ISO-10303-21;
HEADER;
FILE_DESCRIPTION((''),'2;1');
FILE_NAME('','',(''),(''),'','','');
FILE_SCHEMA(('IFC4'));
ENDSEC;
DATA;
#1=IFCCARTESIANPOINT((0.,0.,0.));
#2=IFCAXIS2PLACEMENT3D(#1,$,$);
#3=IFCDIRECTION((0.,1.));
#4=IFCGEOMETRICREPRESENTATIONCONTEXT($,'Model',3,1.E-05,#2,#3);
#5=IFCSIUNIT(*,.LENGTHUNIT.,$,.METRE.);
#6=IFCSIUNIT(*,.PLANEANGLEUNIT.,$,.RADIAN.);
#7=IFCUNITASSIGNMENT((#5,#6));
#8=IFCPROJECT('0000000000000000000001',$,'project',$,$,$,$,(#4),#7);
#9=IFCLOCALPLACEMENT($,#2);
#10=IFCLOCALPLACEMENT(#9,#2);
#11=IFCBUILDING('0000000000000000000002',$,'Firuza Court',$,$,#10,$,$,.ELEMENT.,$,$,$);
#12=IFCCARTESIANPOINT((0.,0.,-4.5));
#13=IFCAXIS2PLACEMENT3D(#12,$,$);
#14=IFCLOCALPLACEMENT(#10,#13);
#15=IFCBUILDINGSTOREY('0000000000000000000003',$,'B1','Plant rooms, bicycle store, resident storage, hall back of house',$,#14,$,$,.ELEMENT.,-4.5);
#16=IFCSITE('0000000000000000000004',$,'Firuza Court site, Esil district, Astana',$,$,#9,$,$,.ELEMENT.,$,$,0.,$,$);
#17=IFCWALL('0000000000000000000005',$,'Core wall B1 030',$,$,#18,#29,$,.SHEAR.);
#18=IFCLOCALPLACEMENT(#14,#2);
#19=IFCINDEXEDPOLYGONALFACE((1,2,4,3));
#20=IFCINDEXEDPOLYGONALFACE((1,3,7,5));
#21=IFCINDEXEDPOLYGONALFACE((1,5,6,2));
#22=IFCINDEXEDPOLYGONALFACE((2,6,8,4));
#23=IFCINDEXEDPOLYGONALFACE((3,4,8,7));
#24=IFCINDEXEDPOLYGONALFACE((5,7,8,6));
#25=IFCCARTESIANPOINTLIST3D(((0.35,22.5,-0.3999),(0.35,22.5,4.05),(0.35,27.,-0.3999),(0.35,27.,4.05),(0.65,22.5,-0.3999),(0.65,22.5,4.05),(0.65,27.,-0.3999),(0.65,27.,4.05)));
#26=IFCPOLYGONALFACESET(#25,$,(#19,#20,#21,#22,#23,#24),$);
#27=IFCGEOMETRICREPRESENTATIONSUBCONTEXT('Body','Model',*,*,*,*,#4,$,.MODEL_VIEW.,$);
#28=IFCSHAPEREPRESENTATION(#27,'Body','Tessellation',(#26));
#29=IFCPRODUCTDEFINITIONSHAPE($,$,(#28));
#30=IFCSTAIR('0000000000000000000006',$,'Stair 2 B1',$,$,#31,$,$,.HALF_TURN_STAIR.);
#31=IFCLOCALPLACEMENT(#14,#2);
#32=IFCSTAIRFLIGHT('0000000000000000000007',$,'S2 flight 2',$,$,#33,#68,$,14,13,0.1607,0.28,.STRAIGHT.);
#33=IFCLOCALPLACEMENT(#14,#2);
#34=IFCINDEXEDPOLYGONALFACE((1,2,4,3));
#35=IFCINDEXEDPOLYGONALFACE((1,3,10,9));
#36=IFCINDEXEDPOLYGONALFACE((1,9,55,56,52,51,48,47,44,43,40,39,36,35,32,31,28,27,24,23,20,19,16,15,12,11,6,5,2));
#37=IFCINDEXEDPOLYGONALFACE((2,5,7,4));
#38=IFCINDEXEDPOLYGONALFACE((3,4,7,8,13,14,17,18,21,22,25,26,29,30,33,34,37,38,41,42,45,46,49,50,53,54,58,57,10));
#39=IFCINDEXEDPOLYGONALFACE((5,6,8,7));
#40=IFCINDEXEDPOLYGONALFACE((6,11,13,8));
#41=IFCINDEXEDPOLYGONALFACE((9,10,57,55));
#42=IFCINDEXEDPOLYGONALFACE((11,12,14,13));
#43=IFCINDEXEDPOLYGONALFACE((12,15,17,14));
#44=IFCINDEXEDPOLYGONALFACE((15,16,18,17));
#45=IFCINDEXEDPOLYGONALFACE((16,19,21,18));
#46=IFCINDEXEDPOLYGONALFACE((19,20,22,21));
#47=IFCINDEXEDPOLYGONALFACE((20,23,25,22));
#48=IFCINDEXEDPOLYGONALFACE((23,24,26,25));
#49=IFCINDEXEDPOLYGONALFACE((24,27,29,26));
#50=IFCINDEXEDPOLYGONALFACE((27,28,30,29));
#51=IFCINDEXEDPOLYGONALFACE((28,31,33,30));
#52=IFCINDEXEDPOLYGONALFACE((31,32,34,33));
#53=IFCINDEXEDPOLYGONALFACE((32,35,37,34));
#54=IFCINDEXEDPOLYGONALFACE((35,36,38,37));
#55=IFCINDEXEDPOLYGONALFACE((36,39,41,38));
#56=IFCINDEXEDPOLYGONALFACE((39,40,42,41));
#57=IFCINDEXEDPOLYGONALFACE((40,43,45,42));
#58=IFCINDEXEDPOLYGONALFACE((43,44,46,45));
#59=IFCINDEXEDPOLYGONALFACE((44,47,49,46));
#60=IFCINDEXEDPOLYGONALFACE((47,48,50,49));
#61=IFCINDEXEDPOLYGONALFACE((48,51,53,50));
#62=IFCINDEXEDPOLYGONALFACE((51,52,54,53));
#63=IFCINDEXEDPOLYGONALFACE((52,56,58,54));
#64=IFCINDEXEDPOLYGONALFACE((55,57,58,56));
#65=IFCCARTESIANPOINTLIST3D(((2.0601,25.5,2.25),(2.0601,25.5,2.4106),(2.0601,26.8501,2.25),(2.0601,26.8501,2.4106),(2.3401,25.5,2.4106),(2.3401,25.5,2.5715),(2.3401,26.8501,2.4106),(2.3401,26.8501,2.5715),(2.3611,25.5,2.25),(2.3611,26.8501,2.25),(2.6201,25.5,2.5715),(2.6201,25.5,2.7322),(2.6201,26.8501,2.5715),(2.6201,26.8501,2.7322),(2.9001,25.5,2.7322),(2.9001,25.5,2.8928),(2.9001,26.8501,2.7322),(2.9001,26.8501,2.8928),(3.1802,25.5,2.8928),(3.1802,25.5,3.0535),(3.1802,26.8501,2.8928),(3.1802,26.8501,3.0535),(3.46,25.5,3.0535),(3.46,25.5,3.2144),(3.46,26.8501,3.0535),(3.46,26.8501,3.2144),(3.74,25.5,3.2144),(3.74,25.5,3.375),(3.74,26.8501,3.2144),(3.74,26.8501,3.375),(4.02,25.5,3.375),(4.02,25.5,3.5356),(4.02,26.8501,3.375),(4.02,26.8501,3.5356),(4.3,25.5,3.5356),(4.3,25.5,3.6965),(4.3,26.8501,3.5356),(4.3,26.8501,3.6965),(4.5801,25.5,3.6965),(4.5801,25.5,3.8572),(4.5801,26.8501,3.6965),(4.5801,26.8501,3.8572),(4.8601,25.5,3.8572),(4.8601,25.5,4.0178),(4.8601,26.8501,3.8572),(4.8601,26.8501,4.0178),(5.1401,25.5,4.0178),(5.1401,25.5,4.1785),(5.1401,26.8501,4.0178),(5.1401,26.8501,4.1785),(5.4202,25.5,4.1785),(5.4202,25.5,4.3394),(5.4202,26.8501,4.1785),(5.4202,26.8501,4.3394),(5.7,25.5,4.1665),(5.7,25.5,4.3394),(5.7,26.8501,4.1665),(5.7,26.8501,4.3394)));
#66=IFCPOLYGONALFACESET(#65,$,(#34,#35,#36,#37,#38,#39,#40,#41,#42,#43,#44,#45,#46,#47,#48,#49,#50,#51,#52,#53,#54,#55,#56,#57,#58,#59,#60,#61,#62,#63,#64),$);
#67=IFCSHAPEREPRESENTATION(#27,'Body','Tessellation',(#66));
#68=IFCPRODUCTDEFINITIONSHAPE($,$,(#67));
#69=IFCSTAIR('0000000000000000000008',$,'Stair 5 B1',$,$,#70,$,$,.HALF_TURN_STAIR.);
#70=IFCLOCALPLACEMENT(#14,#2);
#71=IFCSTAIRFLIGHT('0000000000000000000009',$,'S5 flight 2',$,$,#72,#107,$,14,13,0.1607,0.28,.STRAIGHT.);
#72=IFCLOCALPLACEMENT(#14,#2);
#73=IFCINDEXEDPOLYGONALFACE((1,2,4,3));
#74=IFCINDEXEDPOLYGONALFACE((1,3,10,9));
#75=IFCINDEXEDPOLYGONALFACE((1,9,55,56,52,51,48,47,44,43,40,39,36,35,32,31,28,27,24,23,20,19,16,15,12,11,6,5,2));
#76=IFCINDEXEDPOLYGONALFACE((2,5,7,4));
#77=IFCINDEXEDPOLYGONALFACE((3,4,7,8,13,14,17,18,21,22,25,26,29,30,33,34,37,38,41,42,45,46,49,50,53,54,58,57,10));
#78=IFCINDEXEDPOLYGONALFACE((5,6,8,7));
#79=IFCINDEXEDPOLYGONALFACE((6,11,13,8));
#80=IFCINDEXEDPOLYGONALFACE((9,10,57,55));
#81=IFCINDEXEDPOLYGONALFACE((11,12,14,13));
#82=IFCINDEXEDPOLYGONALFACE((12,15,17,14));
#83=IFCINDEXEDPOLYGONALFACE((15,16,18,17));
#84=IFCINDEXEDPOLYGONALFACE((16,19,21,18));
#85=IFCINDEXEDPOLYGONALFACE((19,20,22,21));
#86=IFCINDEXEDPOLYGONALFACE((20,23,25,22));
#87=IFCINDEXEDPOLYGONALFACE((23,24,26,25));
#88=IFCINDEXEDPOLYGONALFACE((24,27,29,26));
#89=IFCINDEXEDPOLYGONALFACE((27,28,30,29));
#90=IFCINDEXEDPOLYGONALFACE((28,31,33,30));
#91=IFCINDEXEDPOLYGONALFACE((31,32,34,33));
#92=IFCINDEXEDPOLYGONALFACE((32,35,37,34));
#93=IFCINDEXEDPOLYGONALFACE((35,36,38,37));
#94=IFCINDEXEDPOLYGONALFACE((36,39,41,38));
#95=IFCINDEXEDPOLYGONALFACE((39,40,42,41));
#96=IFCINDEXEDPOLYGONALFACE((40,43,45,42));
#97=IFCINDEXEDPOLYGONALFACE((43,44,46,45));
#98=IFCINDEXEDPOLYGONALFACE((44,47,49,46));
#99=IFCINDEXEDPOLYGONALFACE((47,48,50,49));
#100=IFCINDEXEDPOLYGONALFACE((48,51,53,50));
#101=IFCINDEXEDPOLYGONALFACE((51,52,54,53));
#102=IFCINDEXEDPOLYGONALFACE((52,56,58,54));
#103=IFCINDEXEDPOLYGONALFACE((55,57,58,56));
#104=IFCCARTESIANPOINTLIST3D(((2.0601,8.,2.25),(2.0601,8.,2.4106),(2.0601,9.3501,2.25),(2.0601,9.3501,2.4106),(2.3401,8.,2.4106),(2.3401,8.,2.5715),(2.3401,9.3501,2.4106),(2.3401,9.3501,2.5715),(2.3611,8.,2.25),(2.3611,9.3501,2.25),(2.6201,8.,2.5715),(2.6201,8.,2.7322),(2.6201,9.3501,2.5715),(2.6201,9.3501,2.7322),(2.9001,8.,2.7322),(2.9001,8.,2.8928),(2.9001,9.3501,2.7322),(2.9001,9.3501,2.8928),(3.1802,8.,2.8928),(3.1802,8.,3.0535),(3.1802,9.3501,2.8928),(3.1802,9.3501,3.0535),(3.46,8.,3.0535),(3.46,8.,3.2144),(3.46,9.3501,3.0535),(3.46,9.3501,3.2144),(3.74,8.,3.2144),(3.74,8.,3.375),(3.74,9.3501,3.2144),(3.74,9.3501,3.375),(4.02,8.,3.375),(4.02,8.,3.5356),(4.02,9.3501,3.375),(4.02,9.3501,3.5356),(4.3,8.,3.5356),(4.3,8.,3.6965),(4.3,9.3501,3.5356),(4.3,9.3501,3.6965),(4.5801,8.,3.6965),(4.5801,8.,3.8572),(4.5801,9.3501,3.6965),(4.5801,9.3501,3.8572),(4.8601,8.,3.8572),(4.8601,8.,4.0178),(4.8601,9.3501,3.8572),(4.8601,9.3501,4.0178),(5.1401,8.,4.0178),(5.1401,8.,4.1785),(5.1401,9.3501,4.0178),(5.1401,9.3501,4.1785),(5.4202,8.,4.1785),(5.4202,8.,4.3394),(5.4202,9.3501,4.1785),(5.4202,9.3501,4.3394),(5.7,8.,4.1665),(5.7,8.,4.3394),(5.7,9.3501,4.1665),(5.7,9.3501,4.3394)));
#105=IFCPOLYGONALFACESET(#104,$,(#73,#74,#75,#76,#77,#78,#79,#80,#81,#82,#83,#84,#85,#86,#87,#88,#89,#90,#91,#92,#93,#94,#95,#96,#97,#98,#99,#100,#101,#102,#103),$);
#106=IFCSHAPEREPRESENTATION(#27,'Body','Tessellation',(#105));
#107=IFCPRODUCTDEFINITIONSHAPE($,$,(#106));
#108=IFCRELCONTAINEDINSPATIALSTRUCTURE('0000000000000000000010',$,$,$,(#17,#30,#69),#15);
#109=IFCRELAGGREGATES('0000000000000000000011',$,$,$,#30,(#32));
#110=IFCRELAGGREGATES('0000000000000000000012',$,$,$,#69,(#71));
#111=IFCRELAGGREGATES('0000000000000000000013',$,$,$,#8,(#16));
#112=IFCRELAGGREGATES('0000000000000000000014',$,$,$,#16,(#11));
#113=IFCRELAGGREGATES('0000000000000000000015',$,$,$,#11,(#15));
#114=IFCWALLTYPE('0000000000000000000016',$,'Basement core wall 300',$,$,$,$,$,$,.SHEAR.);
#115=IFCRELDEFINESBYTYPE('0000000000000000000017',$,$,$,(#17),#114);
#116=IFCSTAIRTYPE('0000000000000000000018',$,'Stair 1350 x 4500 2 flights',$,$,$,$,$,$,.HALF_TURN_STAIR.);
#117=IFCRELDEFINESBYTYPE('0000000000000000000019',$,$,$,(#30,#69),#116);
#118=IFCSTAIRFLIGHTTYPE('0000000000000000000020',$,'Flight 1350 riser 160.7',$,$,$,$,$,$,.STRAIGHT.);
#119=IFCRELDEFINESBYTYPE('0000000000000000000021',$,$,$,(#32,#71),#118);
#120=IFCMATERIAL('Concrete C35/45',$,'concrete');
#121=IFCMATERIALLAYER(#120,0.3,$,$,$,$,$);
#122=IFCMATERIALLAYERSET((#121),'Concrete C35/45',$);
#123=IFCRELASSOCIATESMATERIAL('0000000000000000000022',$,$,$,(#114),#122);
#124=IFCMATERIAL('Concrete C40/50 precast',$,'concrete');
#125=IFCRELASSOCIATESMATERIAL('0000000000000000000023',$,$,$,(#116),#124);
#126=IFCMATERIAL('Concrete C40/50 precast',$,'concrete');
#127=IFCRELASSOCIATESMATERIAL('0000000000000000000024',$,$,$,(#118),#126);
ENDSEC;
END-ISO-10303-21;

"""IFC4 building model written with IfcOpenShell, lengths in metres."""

from ifc_helpers import new_model, si_unit, direction, frame, frame_2d, origin, place, context, subcontext, project, spatial, polyline, rectangle, outline, extrude, material, layer, layer_set, type_object, element, aggregate, save


model = new_model("IFC4")

# Units and contexts
model_context = context("Model", 3, precision=1e-05, world=origin(), true_north=direction((0.0, 1.0)))
body_context = subcontext(model_context, "Body", "Model", "MODEL_VIEW")
ifc_project = project(units=[si_unit("LENGTHUNIT", "METRE"), si_unit("PLANEANGLEUNIT", "RADIAN")], contexts=[model_context])

# Site, building, storey
site_placement = place(None, origin())
site = spatial("IfcSite", under=ifc_project, at=site_placement, Name="Firuza Court site, Esil district, Astana", CompositionType="ELEMENT", RefElevation=0.0)
building_placement = place(site_placement, origin())
building = spatial("IfcBuilding", under=site, at=building_placement, Name="Firuza Court", CompositionType="ELEMENT")
storey_placement = place(building_placement, frame((0.0, 0.0, -4.5)))
storey = spatial("IfcBuildingStorey", under=building, at=storey_placement, Name="B1", Description="Plant rooms, bicycle store, resident storage, hall back of house", CompositionType="ELEMENT", Elevation=-4.5)

# Wall
ifc_material_1 = material(Name="Concrete C35/45", Category="concrete")
ifc_layer = layer(ifc_material_1, 0.3)
ifc_layer_set = layer_set([ifc_layer], Name="Concrete C35/45")
wall_type = type_object("IfcWallType", Name="Basement core wall 300", PredefinedType="SHEAR", material=ifc_layer_set)
wall_1_placement = place(storey_placement, frame((0.5, 22.5, -0.3999), z_axis=(0.0, 0.0, 1.0), x_axis=(0.0, 1.0, 0.0)))
element("IfcWall", 1, at=wall_1_placement, inside=storey, type_object=wall_type, Name="Core wall B1 030", PredefinedType="SHEAR", context=body_context, shape_type="SweptSolid", body=[
    extrude(rectangle(XDim=4.5, YDim=0.3, at=frame_2d((2.25, 0.0))), origin(), (0.0, 0.0, 1.0), 4.45),
])

# Stairs, stair flights
ifc_material_2 = material(Name="Concrete C40/50 precast", Category="concrete")
stair_type = type_object("IfcStairType", Name="Stair 1350 x 4500 2 flights", PredefinedType="HALF_TURN_STAIR", material=ifc_material_2)
stair_1_placement = place(storey_placement, origin())
stair_1 = element("IfcStair", 2, at=stair_1_placement, inside=storey, type_object=stair_type, Name="Stair 2 B1", PredefinedType="HALF_TURN_STAIR")
ifc_material_3 = material(Name="Concrete C40/50 precast", Category="concrete")
stair_flight_type = type_object("IfcStairFlightType", Name="Flight 1350 riser 160.7", PredefinedType="STRAIGHT", material=ifc_material_3)
stair_flight_1_placement = place(storey_placement, frame((2.0601, 26.175, 2.25), z_axis=(0.0, 0.0, 1.0), x_axis=(1.0, 0.0, 0.0)))
stair_flight_1 = element("IfcStairFlight", 3, at=stair_flight_1_placement, type_object=stair_flight_type, Name="S2 flight 2", NumberOfRisers=14, NumberOfTreads=13, PredefinedType="STRAIGHT", RiserHeight=0.1607, TreadLength=0.28, context=body_context, shape_type="SweptSolid", body=[
    extrude(outline(polyline([(0.0, 0.0), (0.0, 0.1606), (0.28, 0.1606), (0.28, 0.3215), (0.5601, 0.3215), (0.5601, 0.4822), (0.8401, 0.4822), (0.8401, 0.6428), (1.1201, 0.6428), (1.1201, 0.8035), (1.3999, 0.8035), (1.3999, 0.9644), (1.6799, 0.9644), (1.6799, 1.125), (1.96, 1.125), (1.96, 1.2856), (2.24, 1.2856), (2.24, 1.4465), (2.52, 1.4465), (2.52, 1.6072), (2.8, 1.6072), (2.8, 1.7678), (3.0801, 1.7678), (3.0801, 1.9285), (3.3601, 1.9285), (3.3601, 2.0894), (3.6399, 2.0894), (3.6399, 2.25), (3.6399, 1.9165), (0.301, 0.0), (0.0, 0.0)])), frame((0.0, 0.675, 0.0), z_axis=(0.0, -1.0, 0.0), x_axis=(1.0, 0.0, 0.0)), (0.0, 0.0, 1.0), 1.3501),
])
aggregate(stair_1, [stair_flight_1])
stair_2_placement = place(storey_placement, origin())
stair_2 = element("IfcStair", 4, at=stair_2_placement, inside=storey, type_object=stair_type, Name="Stair 5 B1", PredefinedType="HALF_TURN_STAIR")
stair_flight_2_placement = place(storey_placement, frame((2.0601, 8.675, 2.25), z_axis=(0.0, 0.0, 1.0), x_axis=(1.0, 0.0, 0.0)))
stair_flight_2 = element("IfcStairFlight", 5, at=stair_flight_2_placement, type_object=stair_flight_type, Name="S5 flight 2", NumberOfRisers=14, NumberOfTreads=13, PredefinedType="STRAIGHT", RiserHeight=0.1607, TreadLength=0.28, context=body_context, shape_type="SweptSolid", body=[
    extrude(outline(polyline([(0.0, 0.0), (0.0, 0.1606), (0.28, 0.1606), (0.28, 0.3215), (0.5601, 0.3215), (0.5601, 0.4822), (0.8401, 0.4822), (0.8401, 0.6428), (1.1201, 0.6428), (1.1201, 0.8035), (1.3999, 0.8035), (1.3999, 0.9644), (1.6799, 0.9644), (1.6799, 1.125), (1.96, 1.125), (1.96, 1.2856), (2.24, 1.2856), (2.24, 1.4465), (2.52, 1.4465), (2.52, 1.6072), (2.8, 1.6072), (2.8, 1.7678), (3.0801, 1.7678), (3.0801, 1.9285), (3.3601, 1.9285), (3.3601, 2.0894), (3.6399, 2.0894), (3.6399, 2.25), (3.6399, 1.9165), (0.301, 0.0), (0.0, 0.0)])), frame((0.0, 0.675, 0.0), z_axis=(0.0, -1.0, 0.0), x_axis=(1.0, 0.0, 0.0)), (0.0, 0.0, 1.0), 1.3501),
])
aggregate(stair_2, [stair_flight_2])

save(model, "model.ifc")
